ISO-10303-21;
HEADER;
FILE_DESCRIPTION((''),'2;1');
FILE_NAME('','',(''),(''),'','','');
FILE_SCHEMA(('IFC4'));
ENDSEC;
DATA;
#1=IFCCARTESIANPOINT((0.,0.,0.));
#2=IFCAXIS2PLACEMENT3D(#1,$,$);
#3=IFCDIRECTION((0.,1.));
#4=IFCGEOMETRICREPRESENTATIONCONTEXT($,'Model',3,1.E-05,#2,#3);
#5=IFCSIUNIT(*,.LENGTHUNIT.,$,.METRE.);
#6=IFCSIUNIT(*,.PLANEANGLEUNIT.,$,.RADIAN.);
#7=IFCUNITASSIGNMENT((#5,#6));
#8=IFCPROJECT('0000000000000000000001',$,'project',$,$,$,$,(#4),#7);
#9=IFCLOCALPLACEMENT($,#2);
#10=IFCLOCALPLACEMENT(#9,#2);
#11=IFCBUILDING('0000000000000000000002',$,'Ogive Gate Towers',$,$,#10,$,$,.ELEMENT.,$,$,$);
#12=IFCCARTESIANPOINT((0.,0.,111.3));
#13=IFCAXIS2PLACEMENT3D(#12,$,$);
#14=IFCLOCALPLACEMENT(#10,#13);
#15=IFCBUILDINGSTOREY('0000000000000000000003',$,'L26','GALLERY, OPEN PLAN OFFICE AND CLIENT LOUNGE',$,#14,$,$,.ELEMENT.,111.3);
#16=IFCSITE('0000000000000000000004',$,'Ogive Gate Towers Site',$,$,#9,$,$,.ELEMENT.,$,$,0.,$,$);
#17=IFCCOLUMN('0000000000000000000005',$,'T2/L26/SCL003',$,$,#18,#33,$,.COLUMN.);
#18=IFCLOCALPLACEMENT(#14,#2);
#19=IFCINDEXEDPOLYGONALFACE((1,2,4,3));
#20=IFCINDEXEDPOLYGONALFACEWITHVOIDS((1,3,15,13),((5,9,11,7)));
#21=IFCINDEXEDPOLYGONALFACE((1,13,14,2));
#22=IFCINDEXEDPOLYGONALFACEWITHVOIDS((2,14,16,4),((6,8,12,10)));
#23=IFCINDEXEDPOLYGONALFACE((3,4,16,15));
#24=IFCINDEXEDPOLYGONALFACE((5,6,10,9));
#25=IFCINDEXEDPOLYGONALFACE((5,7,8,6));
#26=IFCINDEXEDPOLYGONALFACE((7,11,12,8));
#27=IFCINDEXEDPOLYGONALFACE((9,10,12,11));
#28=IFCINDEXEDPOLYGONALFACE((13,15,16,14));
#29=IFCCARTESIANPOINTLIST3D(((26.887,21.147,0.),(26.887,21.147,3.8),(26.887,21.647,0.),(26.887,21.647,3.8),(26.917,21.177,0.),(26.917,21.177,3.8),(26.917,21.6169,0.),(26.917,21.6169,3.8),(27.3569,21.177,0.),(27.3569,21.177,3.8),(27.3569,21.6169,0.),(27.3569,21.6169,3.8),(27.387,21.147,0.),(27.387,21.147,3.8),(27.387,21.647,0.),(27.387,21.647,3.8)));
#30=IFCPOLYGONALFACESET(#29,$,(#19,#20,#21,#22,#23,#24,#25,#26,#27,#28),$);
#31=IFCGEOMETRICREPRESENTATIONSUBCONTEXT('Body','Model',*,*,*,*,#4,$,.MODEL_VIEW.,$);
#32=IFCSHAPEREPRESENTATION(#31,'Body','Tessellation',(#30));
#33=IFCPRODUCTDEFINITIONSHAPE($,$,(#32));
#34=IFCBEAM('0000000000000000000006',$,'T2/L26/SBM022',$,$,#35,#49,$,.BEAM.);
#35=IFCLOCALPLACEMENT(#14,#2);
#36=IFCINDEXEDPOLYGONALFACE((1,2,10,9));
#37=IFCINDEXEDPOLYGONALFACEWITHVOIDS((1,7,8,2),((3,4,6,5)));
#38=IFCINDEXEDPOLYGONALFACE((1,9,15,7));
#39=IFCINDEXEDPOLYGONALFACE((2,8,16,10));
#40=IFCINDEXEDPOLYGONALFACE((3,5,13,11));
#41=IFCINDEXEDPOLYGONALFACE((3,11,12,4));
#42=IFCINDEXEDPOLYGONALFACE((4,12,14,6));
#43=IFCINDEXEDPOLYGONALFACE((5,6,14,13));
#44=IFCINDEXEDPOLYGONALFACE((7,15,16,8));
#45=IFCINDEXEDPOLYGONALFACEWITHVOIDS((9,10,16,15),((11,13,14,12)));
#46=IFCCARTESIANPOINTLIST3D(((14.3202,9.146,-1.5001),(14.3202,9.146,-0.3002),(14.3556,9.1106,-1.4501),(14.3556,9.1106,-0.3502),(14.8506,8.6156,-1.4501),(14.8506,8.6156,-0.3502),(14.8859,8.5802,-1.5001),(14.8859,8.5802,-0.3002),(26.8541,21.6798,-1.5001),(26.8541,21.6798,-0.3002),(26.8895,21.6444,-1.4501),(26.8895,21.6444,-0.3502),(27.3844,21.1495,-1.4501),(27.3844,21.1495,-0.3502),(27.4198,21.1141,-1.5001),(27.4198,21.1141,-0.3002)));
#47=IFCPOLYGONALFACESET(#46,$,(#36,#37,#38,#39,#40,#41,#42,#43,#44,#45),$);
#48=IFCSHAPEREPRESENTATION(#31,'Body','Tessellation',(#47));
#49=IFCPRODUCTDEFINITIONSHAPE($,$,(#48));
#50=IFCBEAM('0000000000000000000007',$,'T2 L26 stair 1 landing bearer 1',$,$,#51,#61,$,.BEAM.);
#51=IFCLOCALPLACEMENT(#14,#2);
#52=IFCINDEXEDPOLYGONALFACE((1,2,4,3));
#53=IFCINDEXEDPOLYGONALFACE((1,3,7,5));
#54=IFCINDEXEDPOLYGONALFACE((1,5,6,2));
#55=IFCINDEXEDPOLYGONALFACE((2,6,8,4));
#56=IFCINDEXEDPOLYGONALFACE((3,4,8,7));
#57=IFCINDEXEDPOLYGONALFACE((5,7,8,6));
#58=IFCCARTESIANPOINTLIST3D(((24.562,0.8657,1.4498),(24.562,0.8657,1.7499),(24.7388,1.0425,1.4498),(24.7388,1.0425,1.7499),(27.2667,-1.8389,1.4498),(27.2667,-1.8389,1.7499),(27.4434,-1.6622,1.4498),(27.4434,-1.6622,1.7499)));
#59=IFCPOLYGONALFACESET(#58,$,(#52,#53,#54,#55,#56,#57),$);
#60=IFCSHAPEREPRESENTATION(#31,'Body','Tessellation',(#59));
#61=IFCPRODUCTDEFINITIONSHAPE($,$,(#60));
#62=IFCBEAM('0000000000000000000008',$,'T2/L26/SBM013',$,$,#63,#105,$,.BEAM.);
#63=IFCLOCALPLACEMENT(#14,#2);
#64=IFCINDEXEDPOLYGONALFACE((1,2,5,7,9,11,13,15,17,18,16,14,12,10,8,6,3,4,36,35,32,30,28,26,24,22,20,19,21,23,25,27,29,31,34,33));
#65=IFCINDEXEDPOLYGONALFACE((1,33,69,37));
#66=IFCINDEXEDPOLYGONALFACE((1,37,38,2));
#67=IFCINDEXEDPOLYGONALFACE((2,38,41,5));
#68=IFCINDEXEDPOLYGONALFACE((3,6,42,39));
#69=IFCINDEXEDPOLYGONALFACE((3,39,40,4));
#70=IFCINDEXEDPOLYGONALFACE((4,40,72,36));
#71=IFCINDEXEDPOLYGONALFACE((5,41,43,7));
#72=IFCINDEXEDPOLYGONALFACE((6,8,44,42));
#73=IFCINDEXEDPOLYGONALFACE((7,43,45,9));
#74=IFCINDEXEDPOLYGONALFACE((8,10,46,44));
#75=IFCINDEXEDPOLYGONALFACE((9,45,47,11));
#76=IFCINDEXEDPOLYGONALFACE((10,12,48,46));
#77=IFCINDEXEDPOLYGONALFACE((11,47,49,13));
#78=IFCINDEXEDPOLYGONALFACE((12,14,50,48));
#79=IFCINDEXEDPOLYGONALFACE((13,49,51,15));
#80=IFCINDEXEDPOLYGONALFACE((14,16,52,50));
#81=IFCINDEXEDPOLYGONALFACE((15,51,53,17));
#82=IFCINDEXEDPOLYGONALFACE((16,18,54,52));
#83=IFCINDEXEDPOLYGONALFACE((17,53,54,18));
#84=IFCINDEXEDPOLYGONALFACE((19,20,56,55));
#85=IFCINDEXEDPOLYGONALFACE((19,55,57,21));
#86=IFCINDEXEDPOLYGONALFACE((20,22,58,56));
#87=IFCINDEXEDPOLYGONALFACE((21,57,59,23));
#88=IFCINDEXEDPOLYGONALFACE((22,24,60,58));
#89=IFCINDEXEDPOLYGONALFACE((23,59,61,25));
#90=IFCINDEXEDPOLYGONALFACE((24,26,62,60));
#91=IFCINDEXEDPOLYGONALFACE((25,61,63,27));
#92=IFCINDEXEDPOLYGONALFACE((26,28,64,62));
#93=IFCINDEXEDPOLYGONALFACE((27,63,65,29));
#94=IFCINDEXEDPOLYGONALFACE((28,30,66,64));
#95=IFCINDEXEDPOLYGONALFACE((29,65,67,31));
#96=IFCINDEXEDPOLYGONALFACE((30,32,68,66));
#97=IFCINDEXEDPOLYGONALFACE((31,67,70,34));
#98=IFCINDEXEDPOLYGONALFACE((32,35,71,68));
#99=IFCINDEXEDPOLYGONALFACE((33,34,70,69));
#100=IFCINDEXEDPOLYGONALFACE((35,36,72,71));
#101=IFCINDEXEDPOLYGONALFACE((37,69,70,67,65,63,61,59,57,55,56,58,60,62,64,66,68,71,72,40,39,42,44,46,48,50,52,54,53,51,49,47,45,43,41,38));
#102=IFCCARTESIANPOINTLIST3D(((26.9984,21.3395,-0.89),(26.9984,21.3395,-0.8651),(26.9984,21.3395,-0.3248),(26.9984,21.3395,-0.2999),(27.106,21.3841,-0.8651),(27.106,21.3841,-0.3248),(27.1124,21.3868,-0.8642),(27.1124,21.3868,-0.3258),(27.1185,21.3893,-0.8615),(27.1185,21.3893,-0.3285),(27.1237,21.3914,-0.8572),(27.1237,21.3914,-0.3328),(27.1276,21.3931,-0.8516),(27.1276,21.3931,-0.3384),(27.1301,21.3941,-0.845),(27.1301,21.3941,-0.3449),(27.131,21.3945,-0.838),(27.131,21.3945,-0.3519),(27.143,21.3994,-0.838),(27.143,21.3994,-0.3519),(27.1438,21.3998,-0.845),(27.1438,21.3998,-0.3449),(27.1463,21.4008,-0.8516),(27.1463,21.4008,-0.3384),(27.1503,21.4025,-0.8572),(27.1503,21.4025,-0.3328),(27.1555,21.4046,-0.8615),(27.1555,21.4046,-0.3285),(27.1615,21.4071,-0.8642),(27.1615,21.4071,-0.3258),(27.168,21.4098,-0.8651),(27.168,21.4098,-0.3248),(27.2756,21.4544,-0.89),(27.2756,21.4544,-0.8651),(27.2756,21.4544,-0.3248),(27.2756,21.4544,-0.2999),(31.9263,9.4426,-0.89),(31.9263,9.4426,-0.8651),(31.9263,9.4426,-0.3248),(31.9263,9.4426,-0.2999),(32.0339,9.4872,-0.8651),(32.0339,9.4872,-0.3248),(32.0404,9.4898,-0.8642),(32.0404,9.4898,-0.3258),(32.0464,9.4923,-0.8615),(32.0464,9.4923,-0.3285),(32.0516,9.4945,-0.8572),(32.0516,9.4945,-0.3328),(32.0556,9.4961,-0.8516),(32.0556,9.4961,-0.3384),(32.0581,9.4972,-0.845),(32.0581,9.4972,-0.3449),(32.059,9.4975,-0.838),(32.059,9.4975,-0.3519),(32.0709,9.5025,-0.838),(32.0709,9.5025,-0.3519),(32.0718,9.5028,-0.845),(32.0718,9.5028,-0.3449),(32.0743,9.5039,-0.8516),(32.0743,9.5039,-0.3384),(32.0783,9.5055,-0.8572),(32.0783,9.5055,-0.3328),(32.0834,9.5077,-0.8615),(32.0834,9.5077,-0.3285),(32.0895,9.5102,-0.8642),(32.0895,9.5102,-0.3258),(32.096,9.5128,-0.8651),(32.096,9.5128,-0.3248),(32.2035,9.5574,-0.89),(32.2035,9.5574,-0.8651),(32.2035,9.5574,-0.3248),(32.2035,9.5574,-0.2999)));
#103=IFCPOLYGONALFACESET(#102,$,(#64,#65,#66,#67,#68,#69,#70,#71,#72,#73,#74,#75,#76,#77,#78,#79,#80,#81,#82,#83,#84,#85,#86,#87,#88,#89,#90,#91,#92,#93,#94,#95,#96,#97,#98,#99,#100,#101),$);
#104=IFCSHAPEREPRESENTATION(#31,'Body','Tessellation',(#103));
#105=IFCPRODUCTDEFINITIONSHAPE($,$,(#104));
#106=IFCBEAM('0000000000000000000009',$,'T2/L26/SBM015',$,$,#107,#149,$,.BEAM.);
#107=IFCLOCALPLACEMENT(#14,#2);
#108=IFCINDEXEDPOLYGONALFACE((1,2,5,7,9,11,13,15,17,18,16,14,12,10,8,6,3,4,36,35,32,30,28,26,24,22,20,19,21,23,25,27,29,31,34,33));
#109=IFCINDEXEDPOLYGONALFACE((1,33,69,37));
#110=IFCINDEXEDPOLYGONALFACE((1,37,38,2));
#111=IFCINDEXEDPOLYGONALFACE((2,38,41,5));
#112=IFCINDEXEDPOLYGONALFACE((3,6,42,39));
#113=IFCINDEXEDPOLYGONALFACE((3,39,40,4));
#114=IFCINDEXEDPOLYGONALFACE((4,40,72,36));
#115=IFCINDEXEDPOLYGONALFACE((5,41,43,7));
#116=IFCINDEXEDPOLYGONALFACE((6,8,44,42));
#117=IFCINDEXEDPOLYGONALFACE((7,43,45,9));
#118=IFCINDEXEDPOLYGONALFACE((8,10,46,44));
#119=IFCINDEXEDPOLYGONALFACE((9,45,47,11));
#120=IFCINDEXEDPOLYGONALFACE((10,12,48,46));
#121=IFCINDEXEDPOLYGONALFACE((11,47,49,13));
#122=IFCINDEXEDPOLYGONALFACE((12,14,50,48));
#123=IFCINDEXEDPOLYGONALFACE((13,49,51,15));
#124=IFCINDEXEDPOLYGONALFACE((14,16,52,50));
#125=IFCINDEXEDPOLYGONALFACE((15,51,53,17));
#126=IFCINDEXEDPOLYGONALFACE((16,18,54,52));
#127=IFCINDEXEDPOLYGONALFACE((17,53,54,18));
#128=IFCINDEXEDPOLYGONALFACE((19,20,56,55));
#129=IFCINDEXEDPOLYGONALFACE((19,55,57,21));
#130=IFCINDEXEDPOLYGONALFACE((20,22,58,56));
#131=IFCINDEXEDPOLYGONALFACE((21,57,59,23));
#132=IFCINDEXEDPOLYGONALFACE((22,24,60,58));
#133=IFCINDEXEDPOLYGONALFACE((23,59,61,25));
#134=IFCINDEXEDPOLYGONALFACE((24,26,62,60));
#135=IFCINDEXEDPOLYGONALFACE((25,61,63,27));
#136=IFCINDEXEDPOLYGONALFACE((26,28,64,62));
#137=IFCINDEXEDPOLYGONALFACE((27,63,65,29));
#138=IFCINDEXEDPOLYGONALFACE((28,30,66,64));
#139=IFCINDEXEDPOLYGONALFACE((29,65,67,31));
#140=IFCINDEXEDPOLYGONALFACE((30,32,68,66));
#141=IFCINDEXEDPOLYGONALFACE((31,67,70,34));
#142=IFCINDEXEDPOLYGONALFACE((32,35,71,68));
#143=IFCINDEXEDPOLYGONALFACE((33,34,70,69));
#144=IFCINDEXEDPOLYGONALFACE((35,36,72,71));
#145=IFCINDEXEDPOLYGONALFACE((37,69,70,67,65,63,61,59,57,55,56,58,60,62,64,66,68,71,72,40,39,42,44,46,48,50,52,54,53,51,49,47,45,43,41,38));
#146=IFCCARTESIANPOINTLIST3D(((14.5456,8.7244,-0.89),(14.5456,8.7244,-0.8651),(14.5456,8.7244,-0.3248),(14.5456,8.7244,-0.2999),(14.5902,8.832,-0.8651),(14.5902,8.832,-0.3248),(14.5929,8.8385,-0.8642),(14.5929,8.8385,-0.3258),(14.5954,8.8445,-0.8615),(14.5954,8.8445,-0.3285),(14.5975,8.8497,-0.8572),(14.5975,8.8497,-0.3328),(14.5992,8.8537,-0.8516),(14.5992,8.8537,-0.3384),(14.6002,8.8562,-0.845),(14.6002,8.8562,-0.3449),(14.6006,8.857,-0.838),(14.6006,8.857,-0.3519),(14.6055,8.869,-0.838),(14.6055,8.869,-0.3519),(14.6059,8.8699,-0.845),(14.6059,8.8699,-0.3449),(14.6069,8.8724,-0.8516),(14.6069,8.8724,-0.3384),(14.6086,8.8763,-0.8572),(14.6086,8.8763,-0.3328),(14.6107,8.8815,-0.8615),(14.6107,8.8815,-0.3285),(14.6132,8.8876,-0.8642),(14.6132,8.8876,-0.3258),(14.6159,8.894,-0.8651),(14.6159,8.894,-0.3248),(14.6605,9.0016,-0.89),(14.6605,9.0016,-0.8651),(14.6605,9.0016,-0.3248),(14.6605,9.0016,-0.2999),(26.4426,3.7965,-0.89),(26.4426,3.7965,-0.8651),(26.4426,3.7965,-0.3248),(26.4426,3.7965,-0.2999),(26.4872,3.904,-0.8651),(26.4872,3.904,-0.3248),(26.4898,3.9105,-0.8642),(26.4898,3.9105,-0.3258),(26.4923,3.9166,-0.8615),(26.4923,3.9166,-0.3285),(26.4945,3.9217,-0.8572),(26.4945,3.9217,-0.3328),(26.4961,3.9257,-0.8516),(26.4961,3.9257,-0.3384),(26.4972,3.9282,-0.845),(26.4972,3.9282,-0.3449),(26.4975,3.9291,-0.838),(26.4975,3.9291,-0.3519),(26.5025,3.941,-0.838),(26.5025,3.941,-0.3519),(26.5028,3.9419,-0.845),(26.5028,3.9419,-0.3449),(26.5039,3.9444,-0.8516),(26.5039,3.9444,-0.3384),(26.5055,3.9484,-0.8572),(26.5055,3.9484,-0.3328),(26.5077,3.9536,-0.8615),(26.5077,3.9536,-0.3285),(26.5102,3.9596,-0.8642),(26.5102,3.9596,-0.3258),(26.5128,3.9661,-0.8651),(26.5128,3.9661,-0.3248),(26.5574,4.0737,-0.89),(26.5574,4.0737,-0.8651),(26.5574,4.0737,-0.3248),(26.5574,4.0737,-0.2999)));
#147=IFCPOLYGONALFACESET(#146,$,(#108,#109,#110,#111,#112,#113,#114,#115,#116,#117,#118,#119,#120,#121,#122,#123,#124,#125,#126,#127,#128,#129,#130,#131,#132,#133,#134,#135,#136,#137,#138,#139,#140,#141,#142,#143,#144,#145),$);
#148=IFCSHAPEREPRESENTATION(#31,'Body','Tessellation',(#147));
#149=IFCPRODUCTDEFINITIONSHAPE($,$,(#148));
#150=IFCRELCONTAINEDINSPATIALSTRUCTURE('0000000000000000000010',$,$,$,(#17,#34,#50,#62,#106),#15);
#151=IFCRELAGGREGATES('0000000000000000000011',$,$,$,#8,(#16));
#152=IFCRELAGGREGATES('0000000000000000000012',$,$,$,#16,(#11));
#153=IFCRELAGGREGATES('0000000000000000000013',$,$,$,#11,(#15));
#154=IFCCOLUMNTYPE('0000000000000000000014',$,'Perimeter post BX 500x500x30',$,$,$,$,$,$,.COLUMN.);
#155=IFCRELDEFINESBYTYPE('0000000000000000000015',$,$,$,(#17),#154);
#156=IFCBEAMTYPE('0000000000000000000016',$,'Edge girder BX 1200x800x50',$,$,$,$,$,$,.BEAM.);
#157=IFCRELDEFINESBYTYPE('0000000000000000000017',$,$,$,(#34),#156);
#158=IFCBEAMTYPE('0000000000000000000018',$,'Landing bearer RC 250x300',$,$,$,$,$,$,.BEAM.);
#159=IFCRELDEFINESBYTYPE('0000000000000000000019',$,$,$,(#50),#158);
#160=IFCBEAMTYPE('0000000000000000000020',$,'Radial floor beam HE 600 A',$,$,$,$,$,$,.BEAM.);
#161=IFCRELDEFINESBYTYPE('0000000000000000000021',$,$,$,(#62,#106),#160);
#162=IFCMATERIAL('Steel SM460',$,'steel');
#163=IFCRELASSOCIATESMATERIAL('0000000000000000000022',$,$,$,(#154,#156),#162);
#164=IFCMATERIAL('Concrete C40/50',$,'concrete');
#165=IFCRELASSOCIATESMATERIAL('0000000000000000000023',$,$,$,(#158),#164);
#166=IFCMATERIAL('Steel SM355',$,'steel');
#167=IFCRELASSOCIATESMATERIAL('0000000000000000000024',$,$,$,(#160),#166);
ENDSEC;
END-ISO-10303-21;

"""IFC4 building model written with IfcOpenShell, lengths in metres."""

from ifc_helpers import new_model, si_unit, direction, frame, origin, origin_2d, place, context, subcontext, project, spatial, rectangle, hollow_rectangle, i_section, extrude, material, material_profile, profile_set, type_object, element, save


model = new_model("IFC4")

# Units and contexts
model_context = context("Model", 3, precision=1e-05, world=origin(), true_north=direction((0.0, 1.0)))
body_context = subcontext(model_context, "Body", "Model", "MODEL_VIEW")
ifc_project = project(units=[si_unit("LENGTHUNIT", "METRE"), si_unit("PLANEANGLEUNIT", "RADIAN")], contexts=[model_context])

# Site, building, storey
site_placement = place(None, origin())
site = spatial("IfcSite", under=ifc_project, at=site_placement, Name="Ogive Gate Towers Site", CompositionType="ELEMENT", RefElevation=0.0)
building_placement = place(site_placement, origin())
building = spatial("IfcBuilding", under=site, at=building_placement, Name="Ogive Gate Towers", CompositionType="ELEMENT")
storey_placement = place(building_placement, frame((0.0, 0.0, 111.3)))
storey = spatial("IfcBuildingStorey", under=building, at=storey_placement, Name="L26", Description="GALLERY, OPEN PLAN OFFICE AND CLIENT LOUNGE", CompositionType="ELEMENT", Elevation=111.3)

# Column
ifc_material_1 = material(Name="Steel SM460", Category="steel")
ifc_material_profile_1 = material_profile(ifc_material_1, hollow_rectangle(XDim=0.5, YDim=0.5, WallThickness=0.03, at=origin_2d()), Name="BX 500x500x30")
ifc_profile_set_1 = profile_set([ifc_material_profile_1], Name="Steel SM460")
column_type = type_object("IfcColumnType", Name="Perimeter post BX 500x500x30", PredefinedType="COLUMN", material=ifc_profile_set_1)
column_placement = place(storey_placement, frame((27.137, 21.397, 0.0), z_axis=(0.0, 0.0, 1.0), x_axis=(1.0, 0.0, 0.0)))
element("IfcColumn", 1, at=column_placement, inside=storey, type_object=column_type, Name="T2/L26/SCL003", PredefinedType="COLUMN", context=body_context, shape_type="SweptSolid", body=[
    extrude(hollow_rectangle(XDim=0.5, YDim=0.5, WallThickness=0.03, at=origin_2d()), origin(), (0.0, 0.0, 1.0), 3.8),
])

# Beams
ifc_material_profile_2 = material_profile(ifc_material_1, hollow_rectangle(XDim=0.8, YDim=1.2, WallThickness=0.05, at=origin_2d()), Name="BX 1200x800x50")
ifc_profile_set_2 = profile_set([ifc_material_profile_2], Name="Steel SM460")
beam_type_1 = type_object("IfcBeamType", Name="Edge girder BX 1200x800x50", PredefinedType="BEAM", material=ifc_profile_set_2)
beam_1_placement = place(storey_placement, frame((27.137, 21.397, -0.9001), z_axis=(-0.707107, -0.707107, 0.0), x_axis=(0.707107, -0.707107, 0.0)))
element("IfcBeam", 2, at=beam_1_placement, inside=storey, type_object=beam_type_1, Name="T2/L26/SBM022", PredefinedType="BEAM", context=body_context, shape_type="SweptSolid", body=[
    extrude(hollow_rectangle(XDim=0.8, YDim=1.2, WallThickness=0.05, at=origin_2d()), origin(), (0.0, 0.0, 1.0), 17.7256),
])
ifc_material_2 = material(Name="Concrete C40/50", Category="concrete")
ifc_material_profile_3 = material_profile(ifc_material_2, rectangle(XDim=0.25, YDim=0.3, at=origin_2d()), Name="RC 250x300")
ifc_profile_set_3 = profile_set([ifc_material_profile_3], Name="Concrete C40/50")
beam_type_2 = type_object("IfcBeamType", Name="Landing bearer RC 250x300", PredefinedType="BEAM", material=ifc_profile_set_3)
beam_2_placement = place(storey_placement, frame((24.6504, 0.9541, 1.5999), z_axis=(0.707107, -0.707107, 0.0), x_axis=(0.707107, 0.707107, 0.0)))
element("IfcBeam", 3, at=beam_2_placement, inside=storey, type_object=beam_type_2, Name="T2 L26 stair 1 landing bearer 1", PredefinedType="BEAM", context=body_context, shape_type="SweptSolid", body=[
    extrude(rectangle(XDim=0.25, YDim=0.3, at=origin_2d()), origin(), (0.0, 0.0, 1.0), 3.825),
])
ifc_material_3 = material(Name="Steel SM355", Category="steel")
ifc_material_profile_4 = material_profile(ifc_material_3, i_section(OverallWidth=0.3, OverallDepth=0.5901, WebThickness=0.0129, FlangeThickness=0.0249, FilletRadius=0.0271, at=origin_2d()), Name="HE 600 A")
ifc_profile_set_4 = profile_set([ifc_material_profile_4], Name="Steel SM355")
beam_type_3 = type_object("IfcBeamType", Name="Radial floor beam HE 600 A", PredefinedType="BEAM", material=ifc_profile_set_4)
for number, where, z_axis, x_axis, name in (
    (4, (32.0649, 9.5, -0.595), (-0.382689, 0.923877, 0.0), (-0.923877, -0.382689, 0.0), "T2/L26/SBM013"),
    (5, (26.5, 3.9351, -0.595), (-0.923877, 0.382689, 0.0), (-0.382689, -0.923877, 0.0), "T2/L26/SBM015"),
):
    element("IfcBeam", number, at=place(storey_placement, frame(where, z_axis=z_axis, x_axis=x_axis)), inside=storey, type_object=beam_type_3, Name=name, PredefinedType="BEAM", context=body_context, shape_type="SweptSolid", body=[
        extrude(i_section(OverallWidth=0.3, OverallDepth=0.5901, WebThickness=0.0129, FlangeThickness=0.0249, FilletRadius=0.0271, at=origin_2d()), origin(), (0.0, 0.0, 1.0), 12.8772),
    ])

save(model, "model.ifc")
